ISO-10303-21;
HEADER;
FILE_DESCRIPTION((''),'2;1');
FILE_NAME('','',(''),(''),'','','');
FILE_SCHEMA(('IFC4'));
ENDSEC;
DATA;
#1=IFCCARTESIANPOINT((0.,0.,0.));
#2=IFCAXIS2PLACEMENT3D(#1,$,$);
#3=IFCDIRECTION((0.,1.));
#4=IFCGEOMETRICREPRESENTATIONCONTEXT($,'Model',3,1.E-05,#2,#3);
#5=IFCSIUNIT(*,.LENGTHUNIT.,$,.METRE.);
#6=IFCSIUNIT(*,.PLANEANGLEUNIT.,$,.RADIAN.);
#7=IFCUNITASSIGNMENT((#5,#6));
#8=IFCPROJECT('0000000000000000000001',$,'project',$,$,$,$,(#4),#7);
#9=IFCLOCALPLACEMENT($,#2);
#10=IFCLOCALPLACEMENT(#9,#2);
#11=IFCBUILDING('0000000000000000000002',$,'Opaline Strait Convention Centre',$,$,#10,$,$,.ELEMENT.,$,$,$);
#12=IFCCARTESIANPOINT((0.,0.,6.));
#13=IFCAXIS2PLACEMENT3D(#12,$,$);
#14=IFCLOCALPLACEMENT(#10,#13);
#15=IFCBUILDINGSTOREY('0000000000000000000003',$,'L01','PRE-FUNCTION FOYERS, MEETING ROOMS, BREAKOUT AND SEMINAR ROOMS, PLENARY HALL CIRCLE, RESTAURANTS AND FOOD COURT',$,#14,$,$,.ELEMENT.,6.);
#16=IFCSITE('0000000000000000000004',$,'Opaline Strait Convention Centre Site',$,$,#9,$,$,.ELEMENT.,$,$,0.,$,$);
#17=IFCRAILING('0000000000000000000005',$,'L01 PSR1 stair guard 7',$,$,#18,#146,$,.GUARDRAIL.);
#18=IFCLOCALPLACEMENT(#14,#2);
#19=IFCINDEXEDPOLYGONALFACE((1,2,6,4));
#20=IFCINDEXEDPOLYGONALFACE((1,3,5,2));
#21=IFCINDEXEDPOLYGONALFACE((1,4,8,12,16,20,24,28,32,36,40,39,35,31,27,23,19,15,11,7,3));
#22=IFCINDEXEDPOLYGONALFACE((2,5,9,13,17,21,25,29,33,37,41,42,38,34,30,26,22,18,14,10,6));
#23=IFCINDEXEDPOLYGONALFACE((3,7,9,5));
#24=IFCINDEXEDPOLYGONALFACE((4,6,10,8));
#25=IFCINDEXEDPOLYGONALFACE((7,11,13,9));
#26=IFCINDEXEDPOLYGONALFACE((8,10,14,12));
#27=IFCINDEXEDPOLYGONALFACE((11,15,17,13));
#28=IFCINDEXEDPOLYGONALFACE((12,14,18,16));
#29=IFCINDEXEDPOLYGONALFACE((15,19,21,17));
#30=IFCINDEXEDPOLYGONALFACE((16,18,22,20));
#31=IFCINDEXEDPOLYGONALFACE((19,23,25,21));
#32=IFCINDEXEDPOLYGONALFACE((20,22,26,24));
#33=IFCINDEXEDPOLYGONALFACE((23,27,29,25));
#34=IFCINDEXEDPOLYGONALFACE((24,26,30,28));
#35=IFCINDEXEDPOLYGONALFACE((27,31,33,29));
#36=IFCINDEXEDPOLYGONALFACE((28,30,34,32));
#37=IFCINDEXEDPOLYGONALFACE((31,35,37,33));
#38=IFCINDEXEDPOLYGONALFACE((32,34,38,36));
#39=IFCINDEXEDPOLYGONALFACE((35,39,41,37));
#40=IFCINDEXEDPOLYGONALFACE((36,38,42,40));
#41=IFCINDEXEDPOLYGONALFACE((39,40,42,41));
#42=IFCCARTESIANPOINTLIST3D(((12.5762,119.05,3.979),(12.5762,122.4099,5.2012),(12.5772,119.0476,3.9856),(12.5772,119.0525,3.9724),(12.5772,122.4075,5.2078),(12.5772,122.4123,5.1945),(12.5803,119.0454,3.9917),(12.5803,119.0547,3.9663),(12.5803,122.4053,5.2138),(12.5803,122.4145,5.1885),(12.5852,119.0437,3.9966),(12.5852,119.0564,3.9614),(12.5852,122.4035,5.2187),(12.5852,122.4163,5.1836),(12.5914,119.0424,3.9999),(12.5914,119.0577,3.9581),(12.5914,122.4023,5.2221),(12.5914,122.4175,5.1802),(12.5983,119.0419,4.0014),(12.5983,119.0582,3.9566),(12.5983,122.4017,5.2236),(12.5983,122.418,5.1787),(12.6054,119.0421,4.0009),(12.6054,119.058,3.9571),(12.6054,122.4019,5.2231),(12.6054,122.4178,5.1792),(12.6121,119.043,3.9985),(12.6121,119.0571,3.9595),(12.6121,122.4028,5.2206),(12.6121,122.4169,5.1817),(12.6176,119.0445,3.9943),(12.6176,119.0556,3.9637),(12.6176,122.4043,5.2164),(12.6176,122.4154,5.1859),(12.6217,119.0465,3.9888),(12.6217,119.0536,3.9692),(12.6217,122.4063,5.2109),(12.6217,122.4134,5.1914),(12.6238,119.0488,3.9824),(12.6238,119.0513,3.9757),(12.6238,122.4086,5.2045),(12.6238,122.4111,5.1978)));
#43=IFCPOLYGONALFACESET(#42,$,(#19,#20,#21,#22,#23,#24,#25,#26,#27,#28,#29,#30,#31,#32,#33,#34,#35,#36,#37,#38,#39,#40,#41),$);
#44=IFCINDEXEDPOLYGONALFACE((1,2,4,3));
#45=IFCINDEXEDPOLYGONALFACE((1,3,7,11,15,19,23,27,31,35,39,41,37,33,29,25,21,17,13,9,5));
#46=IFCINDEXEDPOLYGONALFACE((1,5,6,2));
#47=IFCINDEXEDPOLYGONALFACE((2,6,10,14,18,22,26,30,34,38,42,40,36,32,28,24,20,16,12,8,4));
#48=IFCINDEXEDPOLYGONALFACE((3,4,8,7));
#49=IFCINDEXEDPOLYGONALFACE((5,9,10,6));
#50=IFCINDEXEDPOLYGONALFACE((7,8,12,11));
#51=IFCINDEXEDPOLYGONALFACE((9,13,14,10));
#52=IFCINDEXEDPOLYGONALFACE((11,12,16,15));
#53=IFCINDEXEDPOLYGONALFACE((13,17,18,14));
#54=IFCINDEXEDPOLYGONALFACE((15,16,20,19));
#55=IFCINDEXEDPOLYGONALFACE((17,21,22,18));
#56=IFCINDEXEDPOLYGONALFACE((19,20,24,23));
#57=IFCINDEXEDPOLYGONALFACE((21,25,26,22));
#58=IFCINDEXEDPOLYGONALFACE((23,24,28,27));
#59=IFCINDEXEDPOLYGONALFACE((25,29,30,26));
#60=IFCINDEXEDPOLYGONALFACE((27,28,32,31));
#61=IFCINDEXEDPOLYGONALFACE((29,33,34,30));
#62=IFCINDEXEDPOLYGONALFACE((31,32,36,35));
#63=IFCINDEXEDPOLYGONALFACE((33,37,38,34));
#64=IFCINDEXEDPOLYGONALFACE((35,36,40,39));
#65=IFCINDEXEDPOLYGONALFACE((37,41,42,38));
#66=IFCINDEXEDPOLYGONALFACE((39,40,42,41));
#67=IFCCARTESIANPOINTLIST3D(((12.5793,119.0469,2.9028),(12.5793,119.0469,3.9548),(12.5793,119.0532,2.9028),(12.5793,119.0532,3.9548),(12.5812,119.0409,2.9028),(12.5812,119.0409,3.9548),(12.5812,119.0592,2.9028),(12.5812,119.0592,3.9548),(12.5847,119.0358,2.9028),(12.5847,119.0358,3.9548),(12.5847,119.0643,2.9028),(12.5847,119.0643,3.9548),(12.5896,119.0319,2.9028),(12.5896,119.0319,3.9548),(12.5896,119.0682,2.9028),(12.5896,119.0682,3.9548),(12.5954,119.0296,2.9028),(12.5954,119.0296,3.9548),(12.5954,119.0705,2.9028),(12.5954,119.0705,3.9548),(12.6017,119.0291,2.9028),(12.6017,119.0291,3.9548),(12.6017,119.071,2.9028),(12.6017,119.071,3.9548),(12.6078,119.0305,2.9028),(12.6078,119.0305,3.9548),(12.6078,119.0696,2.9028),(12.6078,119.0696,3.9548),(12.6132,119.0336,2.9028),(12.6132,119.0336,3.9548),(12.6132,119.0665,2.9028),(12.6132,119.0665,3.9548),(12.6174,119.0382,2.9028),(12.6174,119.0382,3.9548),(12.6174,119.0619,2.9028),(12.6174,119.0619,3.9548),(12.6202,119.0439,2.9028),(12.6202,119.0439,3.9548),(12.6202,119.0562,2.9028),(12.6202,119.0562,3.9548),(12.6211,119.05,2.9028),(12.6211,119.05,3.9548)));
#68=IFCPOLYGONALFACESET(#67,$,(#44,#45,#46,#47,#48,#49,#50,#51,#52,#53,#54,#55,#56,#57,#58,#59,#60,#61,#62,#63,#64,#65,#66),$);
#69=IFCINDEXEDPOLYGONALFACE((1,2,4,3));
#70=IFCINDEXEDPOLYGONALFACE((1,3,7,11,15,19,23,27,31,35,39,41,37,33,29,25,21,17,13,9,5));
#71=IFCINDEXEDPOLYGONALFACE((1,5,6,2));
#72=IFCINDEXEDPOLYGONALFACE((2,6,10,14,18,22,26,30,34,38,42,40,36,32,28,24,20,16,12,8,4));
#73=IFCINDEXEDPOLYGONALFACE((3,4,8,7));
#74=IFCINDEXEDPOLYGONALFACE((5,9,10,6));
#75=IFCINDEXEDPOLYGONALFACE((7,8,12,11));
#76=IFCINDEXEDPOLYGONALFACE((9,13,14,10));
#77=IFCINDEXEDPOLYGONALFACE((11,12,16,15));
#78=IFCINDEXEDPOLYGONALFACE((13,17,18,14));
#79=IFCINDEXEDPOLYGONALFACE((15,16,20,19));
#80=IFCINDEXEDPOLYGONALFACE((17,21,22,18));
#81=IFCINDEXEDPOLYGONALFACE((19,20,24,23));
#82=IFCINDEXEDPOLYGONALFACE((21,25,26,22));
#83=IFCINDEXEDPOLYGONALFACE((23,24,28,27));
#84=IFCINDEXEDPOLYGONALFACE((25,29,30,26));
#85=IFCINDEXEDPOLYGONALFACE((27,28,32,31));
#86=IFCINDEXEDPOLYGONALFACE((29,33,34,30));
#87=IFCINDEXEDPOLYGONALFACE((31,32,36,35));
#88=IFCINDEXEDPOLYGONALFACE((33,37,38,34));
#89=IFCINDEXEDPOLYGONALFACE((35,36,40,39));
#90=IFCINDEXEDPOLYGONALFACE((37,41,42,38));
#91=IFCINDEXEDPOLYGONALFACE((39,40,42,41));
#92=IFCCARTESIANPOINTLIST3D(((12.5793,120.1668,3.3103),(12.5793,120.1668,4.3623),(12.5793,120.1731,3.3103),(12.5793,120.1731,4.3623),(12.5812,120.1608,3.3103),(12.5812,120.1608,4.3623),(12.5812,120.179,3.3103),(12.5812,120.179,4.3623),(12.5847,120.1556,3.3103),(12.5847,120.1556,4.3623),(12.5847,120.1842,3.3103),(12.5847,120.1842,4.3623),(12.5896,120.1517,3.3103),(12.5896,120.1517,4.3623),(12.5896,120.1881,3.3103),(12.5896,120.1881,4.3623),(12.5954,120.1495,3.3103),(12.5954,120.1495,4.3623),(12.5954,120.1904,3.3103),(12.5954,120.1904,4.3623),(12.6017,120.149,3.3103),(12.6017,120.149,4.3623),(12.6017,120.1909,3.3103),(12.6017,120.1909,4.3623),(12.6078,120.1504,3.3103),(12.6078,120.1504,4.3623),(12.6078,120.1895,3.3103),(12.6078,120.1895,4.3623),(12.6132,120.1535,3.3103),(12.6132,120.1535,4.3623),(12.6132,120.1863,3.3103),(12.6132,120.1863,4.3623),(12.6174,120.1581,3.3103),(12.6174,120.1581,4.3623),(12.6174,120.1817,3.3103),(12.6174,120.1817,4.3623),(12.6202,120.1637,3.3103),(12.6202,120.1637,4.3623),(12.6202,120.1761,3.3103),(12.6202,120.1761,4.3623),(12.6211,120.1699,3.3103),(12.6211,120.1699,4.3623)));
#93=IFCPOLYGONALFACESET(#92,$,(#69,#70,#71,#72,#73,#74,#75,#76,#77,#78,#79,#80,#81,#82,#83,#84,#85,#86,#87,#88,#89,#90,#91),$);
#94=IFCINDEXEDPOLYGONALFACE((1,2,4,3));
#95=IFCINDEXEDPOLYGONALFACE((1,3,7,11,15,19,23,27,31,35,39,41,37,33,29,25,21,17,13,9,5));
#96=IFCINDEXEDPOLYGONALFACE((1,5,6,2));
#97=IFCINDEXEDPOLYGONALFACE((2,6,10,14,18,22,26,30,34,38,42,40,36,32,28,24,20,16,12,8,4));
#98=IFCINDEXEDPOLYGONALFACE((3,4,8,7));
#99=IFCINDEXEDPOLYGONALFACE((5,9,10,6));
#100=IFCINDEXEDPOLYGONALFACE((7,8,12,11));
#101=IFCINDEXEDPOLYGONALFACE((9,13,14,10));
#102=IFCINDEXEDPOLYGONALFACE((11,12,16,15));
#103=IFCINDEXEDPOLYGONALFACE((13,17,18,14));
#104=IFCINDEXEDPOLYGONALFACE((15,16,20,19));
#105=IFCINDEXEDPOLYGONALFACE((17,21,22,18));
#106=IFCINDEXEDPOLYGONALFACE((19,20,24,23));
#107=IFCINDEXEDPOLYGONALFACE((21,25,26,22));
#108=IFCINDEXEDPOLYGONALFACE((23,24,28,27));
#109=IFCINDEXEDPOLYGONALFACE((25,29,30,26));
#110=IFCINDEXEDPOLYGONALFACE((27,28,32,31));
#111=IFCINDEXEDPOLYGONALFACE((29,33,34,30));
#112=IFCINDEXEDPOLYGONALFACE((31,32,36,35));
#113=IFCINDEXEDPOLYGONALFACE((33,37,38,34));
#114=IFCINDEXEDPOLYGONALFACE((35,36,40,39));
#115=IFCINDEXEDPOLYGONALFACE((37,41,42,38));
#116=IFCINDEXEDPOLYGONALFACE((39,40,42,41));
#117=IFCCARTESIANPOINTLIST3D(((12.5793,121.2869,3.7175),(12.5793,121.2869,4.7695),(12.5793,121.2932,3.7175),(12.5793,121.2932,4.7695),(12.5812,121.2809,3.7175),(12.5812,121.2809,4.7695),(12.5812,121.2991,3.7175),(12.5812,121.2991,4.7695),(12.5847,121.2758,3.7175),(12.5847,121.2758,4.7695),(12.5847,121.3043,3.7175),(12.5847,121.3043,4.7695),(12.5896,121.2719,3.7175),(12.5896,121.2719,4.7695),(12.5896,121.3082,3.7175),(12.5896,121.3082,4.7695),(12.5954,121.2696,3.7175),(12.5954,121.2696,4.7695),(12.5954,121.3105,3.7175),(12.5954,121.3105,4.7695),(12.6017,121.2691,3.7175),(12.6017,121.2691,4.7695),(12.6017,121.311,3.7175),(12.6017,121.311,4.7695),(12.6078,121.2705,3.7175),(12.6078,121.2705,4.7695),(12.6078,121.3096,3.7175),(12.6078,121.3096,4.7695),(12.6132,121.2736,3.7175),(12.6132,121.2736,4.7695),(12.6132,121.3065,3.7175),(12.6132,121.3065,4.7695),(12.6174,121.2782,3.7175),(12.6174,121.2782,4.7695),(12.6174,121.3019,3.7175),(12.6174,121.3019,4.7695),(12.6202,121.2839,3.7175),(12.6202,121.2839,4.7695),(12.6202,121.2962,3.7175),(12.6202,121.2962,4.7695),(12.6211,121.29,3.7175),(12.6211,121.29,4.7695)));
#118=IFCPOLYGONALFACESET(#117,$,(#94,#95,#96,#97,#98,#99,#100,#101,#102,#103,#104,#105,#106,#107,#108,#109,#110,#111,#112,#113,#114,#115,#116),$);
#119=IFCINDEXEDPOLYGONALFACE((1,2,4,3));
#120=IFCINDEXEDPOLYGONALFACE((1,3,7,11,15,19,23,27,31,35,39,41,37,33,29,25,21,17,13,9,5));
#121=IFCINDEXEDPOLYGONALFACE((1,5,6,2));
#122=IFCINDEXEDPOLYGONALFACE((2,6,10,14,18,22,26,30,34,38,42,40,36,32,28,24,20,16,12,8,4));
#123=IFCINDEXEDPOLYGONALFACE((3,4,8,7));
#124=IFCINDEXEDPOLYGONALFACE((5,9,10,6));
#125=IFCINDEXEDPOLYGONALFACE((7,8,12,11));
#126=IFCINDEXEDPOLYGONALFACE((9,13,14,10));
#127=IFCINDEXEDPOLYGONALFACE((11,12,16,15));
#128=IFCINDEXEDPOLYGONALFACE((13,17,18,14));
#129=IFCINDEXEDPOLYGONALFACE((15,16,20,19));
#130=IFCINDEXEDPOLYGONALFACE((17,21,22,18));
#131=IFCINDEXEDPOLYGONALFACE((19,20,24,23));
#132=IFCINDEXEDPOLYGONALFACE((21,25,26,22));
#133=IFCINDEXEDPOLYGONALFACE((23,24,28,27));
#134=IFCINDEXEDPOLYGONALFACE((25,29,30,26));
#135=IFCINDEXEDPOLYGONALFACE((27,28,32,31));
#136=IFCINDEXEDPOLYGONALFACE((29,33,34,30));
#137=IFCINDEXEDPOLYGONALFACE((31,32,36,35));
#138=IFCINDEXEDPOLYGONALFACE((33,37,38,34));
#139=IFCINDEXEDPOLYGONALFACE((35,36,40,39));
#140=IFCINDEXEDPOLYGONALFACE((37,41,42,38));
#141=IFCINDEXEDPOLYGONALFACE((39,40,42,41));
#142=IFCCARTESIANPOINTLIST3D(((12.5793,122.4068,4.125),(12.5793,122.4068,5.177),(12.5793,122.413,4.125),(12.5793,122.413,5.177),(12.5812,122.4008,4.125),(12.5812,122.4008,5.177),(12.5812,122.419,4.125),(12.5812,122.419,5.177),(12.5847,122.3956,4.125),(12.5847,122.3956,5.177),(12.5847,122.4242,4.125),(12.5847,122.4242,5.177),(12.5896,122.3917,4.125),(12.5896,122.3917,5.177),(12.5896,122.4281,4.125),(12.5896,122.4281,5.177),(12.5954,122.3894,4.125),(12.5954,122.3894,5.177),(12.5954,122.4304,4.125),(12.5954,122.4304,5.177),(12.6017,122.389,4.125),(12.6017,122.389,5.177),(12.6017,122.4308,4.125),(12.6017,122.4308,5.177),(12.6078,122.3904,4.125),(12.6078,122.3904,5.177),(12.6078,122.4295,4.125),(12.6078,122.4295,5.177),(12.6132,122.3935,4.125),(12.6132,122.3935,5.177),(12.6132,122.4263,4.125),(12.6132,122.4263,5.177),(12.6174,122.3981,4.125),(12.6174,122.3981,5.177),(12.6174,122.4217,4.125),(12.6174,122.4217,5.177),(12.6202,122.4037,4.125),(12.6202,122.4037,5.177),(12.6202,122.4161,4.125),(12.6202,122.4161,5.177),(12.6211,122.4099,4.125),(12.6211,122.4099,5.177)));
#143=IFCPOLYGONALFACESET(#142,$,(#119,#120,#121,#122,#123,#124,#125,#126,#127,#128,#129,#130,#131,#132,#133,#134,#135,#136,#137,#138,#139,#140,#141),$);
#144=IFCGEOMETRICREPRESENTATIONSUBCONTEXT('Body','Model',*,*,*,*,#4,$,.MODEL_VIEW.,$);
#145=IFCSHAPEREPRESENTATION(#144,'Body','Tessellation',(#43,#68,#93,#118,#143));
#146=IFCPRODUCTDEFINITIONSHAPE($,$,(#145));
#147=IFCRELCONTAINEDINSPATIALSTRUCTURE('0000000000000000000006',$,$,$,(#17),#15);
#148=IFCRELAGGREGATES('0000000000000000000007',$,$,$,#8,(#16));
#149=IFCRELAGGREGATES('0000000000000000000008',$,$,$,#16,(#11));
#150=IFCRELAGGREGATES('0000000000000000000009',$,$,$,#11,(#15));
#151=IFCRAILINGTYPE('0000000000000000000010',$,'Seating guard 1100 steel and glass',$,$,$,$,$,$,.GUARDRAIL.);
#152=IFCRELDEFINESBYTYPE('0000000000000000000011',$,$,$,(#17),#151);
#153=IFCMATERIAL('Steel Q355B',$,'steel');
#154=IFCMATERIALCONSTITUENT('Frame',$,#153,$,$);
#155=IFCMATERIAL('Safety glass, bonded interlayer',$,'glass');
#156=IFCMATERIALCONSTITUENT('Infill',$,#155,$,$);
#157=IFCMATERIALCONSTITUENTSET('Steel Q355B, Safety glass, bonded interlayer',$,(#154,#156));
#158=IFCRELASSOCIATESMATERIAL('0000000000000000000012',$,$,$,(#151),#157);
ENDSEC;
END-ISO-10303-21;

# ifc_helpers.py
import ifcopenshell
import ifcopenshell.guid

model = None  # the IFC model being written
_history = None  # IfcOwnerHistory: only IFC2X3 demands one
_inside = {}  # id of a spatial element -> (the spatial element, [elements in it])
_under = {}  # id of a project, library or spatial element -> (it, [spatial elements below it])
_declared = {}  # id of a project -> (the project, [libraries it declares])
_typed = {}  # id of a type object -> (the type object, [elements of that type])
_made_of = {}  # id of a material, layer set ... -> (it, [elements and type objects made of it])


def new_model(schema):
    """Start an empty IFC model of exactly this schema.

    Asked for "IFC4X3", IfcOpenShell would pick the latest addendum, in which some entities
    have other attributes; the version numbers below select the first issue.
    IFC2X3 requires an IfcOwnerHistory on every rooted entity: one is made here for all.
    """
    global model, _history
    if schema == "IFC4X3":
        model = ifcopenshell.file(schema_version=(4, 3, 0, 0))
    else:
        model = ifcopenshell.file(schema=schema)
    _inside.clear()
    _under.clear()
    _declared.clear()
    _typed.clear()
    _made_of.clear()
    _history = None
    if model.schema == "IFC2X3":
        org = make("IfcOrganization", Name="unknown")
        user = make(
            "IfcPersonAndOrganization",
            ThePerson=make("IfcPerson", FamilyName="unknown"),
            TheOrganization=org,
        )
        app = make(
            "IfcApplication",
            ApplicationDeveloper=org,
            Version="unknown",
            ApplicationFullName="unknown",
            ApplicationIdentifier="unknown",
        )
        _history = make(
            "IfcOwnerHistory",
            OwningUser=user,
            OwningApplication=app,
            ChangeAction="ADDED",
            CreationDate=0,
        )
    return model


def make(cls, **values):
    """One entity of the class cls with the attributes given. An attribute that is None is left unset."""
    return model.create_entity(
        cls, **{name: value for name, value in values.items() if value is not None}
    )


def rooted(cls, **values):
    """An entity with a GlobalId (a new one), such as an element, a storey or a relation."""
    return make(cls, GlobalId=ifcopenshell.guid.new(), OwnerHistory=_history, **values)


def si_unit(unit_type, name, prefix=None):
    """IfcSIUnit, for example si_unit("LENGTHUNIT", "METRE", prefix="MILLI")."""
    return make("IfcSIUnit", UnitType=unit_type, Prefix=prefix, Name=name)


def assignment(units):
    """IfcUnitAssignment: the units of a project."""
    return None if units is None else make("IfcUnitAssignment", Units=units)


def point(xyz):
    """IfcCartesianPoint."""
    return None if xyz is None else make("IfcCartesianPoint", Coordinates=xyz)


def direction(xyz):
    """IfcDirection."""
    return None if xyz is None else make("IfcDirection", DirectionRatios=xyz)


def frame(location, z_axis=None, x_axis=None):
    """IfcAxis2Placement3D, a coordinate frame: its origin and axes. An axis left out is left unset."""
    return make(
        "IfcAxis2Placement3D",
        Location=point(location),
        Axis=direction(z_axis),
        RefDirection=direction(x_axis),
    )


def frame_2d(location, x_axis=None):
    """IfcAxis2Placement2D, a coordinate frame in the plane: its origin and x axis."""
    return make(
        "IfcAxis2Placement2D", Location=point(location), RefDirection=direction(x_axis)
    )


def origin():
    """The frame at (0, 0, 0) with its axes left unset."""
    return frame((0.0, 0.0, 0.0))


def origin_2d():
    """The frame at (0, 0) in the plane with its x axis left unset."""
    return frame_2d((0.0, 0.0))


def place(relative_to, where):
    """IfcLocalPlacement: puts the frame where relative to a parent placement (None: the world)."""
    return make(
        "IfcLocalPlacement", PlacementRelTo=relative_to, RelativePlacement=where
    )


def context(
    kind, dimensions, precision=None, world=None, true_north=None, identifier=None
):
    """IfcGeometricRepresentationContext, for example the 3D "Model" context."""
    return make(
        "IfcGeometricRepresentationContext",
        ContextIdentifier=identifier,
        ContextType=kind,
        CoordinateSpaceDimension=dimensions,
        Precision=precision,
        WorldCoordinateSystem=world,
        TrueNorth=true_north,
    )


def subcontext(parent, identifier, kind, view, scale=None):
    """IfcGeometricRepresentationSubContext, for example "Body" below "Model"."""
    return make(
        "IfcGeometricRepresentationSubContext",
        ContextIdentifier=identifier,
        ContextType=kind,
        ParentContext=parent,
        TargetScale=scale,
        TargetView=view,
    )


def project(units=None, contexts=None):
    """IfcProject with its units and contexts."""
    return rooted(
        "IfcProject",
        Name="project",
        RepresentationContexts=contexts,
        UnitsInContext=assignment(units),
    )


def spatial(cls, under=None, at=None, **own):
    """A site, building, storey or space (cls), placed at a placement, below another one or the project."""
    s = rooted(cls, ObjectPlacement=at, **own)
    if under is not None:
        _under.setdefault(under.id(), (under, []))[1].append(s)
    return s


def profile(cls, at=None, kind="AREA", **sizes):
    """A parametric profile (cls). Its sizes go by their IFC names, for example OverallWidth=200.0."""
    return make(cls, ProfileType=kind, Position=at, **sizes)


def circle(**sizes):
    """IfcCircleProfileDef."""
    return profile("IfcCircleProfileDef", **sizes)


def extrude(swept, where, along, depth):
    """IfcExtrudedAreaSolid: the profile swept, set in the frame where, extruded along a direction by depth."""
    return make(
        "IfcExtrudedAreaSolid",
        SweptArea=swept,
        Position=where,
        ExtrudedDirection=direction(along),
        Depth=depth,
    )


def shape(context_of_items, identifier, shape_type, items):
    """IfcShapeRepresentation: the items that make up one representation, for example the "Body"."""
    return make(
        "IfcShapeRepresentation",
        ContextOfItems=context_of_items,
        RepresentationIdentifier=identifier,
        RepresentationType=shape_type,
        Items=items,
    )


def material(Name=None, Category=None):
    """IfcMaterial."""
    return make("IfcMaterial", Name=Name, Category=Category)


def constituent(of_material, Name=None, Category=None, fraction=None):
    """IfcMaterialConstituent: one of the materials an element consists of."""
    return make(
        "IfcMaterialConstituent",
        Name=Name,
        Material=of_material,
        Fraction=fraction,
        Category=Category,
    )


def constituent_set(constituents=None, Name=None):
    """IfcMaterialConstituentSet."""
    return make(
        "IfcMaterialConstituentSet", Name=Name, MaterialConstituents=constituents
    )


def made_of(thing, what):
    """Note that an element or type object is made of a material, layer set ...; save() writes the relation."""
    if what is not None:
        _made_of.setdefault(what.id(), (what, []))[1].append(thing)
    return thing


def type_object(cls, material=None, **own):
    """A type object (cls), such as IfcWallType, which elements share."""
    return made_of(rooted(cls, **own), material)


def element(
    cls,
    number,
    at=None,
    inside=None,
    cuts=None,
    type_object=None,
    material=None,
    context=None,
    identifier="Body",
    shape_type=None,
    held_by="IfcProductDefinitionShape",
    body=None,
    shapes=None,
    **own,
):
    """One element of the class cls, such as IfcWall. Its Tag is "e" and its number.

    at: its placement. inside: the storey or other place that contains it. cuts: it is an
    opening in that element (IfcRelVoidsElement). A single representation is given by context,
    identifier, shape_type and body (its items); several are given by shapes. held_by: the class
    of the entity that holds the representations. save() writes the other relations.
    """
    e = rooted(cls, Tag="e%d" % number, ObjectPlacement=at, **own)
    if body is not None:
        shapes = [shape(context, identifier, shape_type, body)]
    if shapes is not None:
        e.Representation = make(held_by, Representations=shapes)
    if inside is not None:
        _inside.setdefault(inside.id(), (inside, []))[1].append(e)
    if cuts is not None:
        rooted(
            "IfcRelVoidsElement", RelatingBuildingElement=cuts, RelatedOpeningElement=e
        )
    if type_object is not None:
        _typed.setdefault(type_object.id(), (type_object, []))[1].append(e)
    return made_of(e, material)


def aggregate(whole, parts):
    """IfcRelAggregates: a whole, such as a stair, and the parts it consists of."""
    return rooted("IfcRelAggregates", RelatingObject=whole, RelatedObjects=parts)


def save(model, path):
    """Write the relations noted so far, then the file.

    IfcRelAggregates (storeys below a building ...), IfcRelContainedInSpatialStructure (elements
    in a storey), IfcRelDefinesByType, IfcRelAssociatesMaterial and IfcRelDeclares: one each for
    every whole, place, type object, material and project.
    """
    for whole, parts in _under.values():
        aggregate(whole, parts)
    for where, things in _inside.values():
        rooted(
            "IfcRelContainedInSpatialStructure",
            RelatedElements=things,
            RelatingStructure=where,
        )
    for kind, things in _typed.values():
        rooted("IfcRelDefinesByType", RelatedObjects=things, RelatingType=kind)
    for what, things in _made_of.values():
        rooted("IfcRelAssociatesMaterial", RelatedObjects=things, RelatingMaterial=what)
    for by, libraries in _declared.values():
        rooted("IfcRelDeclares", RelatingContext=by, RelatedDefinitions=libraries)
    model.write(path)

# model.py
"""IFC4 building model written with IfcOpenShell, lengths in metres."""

from ifc_helpers import new_model, si_unit, direction, frame, origin, origin_2d, place, context, subcontext, project, spatial, circle, extrude, material, constituent, constituent_set, type_object, element, save


model = new_model("IFC4")

# Units and contexts
model_context = context("Model", 3, precision=1e-05, world=origin(), true_north=direction((0.0, 1.0)))
body_context = subcontext(model_context, "Body", "Model", "MODEL_VIEW")
ifc_project = project(units=[si_unit("LENGTHUNIT", "METRE"), si_unit("PLANEANGLEUNIT", "RADIAN")], contexts=[model_context])

# Site, building, storey
site_placement = place(None, origin())
site = spatial("IfcSite", under=ifc_project, at=site_placement, Name="Opaline Strait Convention Centre Site", CompositionType="ELEMENT", RefElevation=0.0)
building_placement = place(site_placement, origin())
building = spatial("IfcBuilding", under=site, at=building_placement, Name="Opaline Strait Convention Centre", CompositionType="ELEMENT")
storey_placement = place(building_placement, frame((0.0, 0.0, 6.0)))
storey = spatial("IfcBuildingStorey", under=building, at=storey_placement, Name="L01", Description="PRE-FUNCTION FOYERS, MEETING ROOMS, BREAKOUT AND SEMINAR ROOMS, PLENARY HALL CIRCLE, RESTAURANTS AND FOOD COURT", CompositionType="ELEMENT", Elevation=6.0)

# Railing
ifc_material_1 = material(Name="Steel Q355B", Category="steel")
ifc_constituent_1 = constituent(ifc_material_1, Name="Frame")
ifc_material_2 = material(Name="Safety glass, bonded interlayer", Category="glass")
ifc_constituent_2 = constituent(ifc_material_2, Name="Infill")
ifc_constituent_set = constituent_set(constituents=[ifc_constituent_1, ifc_constituent_2], Name="Steel Q355B, Safety glass, bonded interlayer")
railing_type_1 = type_object("IfcRailingType", Name="Seating guard 1100 steel and glass", PredefinedType="GUARDRAIL", material=ifc_constituent_set)
railing_1_placement = place(storey_placement, frame((12.6001, 119.05, 2.9028)))
element("IfcRailing", 1, at=railing_1_placement, inside=storey, type_object=railing_type_1, Name="L01 PSR1 stair guard 7", PredefinedType="GUARDRAIL", context=body_context, shape_type="SweptSolid", body=[
    extrude(circle(Radius=0.0239, at=origin_2d()), frame((0.0, 0.0, 1.0762), z_axis=(0.0, 0.939758, 0.341842), x_axis=(-1.0, 0.0, 0.0)), (0.0, 0.0, 1.0), 3.5752),
    extrude(circle(Radius=0.021, at=origin_2d()), origin(), (0.0, 0.0, 1.0), 1.052),
    extrude(circle(Radius=0.021, at=origin_2d()), frame((0.0, 1.1199, 0.4075)), (0.0, 0.0, 1.0), 1.052),
    extrude(circle(Radius=0.021, at=origin_2d()), frame((0.0, 2.24, 0.8147)), (0.0, 0.0, 1.0), 1.052),
    extrude(circle(Radius=0.021, at=origin_2d()), frame((0.0, 3.3599, 1.2222)), (0.0, 0.0, 1.0), 1.052),
])

save(model, "model.ifc")
